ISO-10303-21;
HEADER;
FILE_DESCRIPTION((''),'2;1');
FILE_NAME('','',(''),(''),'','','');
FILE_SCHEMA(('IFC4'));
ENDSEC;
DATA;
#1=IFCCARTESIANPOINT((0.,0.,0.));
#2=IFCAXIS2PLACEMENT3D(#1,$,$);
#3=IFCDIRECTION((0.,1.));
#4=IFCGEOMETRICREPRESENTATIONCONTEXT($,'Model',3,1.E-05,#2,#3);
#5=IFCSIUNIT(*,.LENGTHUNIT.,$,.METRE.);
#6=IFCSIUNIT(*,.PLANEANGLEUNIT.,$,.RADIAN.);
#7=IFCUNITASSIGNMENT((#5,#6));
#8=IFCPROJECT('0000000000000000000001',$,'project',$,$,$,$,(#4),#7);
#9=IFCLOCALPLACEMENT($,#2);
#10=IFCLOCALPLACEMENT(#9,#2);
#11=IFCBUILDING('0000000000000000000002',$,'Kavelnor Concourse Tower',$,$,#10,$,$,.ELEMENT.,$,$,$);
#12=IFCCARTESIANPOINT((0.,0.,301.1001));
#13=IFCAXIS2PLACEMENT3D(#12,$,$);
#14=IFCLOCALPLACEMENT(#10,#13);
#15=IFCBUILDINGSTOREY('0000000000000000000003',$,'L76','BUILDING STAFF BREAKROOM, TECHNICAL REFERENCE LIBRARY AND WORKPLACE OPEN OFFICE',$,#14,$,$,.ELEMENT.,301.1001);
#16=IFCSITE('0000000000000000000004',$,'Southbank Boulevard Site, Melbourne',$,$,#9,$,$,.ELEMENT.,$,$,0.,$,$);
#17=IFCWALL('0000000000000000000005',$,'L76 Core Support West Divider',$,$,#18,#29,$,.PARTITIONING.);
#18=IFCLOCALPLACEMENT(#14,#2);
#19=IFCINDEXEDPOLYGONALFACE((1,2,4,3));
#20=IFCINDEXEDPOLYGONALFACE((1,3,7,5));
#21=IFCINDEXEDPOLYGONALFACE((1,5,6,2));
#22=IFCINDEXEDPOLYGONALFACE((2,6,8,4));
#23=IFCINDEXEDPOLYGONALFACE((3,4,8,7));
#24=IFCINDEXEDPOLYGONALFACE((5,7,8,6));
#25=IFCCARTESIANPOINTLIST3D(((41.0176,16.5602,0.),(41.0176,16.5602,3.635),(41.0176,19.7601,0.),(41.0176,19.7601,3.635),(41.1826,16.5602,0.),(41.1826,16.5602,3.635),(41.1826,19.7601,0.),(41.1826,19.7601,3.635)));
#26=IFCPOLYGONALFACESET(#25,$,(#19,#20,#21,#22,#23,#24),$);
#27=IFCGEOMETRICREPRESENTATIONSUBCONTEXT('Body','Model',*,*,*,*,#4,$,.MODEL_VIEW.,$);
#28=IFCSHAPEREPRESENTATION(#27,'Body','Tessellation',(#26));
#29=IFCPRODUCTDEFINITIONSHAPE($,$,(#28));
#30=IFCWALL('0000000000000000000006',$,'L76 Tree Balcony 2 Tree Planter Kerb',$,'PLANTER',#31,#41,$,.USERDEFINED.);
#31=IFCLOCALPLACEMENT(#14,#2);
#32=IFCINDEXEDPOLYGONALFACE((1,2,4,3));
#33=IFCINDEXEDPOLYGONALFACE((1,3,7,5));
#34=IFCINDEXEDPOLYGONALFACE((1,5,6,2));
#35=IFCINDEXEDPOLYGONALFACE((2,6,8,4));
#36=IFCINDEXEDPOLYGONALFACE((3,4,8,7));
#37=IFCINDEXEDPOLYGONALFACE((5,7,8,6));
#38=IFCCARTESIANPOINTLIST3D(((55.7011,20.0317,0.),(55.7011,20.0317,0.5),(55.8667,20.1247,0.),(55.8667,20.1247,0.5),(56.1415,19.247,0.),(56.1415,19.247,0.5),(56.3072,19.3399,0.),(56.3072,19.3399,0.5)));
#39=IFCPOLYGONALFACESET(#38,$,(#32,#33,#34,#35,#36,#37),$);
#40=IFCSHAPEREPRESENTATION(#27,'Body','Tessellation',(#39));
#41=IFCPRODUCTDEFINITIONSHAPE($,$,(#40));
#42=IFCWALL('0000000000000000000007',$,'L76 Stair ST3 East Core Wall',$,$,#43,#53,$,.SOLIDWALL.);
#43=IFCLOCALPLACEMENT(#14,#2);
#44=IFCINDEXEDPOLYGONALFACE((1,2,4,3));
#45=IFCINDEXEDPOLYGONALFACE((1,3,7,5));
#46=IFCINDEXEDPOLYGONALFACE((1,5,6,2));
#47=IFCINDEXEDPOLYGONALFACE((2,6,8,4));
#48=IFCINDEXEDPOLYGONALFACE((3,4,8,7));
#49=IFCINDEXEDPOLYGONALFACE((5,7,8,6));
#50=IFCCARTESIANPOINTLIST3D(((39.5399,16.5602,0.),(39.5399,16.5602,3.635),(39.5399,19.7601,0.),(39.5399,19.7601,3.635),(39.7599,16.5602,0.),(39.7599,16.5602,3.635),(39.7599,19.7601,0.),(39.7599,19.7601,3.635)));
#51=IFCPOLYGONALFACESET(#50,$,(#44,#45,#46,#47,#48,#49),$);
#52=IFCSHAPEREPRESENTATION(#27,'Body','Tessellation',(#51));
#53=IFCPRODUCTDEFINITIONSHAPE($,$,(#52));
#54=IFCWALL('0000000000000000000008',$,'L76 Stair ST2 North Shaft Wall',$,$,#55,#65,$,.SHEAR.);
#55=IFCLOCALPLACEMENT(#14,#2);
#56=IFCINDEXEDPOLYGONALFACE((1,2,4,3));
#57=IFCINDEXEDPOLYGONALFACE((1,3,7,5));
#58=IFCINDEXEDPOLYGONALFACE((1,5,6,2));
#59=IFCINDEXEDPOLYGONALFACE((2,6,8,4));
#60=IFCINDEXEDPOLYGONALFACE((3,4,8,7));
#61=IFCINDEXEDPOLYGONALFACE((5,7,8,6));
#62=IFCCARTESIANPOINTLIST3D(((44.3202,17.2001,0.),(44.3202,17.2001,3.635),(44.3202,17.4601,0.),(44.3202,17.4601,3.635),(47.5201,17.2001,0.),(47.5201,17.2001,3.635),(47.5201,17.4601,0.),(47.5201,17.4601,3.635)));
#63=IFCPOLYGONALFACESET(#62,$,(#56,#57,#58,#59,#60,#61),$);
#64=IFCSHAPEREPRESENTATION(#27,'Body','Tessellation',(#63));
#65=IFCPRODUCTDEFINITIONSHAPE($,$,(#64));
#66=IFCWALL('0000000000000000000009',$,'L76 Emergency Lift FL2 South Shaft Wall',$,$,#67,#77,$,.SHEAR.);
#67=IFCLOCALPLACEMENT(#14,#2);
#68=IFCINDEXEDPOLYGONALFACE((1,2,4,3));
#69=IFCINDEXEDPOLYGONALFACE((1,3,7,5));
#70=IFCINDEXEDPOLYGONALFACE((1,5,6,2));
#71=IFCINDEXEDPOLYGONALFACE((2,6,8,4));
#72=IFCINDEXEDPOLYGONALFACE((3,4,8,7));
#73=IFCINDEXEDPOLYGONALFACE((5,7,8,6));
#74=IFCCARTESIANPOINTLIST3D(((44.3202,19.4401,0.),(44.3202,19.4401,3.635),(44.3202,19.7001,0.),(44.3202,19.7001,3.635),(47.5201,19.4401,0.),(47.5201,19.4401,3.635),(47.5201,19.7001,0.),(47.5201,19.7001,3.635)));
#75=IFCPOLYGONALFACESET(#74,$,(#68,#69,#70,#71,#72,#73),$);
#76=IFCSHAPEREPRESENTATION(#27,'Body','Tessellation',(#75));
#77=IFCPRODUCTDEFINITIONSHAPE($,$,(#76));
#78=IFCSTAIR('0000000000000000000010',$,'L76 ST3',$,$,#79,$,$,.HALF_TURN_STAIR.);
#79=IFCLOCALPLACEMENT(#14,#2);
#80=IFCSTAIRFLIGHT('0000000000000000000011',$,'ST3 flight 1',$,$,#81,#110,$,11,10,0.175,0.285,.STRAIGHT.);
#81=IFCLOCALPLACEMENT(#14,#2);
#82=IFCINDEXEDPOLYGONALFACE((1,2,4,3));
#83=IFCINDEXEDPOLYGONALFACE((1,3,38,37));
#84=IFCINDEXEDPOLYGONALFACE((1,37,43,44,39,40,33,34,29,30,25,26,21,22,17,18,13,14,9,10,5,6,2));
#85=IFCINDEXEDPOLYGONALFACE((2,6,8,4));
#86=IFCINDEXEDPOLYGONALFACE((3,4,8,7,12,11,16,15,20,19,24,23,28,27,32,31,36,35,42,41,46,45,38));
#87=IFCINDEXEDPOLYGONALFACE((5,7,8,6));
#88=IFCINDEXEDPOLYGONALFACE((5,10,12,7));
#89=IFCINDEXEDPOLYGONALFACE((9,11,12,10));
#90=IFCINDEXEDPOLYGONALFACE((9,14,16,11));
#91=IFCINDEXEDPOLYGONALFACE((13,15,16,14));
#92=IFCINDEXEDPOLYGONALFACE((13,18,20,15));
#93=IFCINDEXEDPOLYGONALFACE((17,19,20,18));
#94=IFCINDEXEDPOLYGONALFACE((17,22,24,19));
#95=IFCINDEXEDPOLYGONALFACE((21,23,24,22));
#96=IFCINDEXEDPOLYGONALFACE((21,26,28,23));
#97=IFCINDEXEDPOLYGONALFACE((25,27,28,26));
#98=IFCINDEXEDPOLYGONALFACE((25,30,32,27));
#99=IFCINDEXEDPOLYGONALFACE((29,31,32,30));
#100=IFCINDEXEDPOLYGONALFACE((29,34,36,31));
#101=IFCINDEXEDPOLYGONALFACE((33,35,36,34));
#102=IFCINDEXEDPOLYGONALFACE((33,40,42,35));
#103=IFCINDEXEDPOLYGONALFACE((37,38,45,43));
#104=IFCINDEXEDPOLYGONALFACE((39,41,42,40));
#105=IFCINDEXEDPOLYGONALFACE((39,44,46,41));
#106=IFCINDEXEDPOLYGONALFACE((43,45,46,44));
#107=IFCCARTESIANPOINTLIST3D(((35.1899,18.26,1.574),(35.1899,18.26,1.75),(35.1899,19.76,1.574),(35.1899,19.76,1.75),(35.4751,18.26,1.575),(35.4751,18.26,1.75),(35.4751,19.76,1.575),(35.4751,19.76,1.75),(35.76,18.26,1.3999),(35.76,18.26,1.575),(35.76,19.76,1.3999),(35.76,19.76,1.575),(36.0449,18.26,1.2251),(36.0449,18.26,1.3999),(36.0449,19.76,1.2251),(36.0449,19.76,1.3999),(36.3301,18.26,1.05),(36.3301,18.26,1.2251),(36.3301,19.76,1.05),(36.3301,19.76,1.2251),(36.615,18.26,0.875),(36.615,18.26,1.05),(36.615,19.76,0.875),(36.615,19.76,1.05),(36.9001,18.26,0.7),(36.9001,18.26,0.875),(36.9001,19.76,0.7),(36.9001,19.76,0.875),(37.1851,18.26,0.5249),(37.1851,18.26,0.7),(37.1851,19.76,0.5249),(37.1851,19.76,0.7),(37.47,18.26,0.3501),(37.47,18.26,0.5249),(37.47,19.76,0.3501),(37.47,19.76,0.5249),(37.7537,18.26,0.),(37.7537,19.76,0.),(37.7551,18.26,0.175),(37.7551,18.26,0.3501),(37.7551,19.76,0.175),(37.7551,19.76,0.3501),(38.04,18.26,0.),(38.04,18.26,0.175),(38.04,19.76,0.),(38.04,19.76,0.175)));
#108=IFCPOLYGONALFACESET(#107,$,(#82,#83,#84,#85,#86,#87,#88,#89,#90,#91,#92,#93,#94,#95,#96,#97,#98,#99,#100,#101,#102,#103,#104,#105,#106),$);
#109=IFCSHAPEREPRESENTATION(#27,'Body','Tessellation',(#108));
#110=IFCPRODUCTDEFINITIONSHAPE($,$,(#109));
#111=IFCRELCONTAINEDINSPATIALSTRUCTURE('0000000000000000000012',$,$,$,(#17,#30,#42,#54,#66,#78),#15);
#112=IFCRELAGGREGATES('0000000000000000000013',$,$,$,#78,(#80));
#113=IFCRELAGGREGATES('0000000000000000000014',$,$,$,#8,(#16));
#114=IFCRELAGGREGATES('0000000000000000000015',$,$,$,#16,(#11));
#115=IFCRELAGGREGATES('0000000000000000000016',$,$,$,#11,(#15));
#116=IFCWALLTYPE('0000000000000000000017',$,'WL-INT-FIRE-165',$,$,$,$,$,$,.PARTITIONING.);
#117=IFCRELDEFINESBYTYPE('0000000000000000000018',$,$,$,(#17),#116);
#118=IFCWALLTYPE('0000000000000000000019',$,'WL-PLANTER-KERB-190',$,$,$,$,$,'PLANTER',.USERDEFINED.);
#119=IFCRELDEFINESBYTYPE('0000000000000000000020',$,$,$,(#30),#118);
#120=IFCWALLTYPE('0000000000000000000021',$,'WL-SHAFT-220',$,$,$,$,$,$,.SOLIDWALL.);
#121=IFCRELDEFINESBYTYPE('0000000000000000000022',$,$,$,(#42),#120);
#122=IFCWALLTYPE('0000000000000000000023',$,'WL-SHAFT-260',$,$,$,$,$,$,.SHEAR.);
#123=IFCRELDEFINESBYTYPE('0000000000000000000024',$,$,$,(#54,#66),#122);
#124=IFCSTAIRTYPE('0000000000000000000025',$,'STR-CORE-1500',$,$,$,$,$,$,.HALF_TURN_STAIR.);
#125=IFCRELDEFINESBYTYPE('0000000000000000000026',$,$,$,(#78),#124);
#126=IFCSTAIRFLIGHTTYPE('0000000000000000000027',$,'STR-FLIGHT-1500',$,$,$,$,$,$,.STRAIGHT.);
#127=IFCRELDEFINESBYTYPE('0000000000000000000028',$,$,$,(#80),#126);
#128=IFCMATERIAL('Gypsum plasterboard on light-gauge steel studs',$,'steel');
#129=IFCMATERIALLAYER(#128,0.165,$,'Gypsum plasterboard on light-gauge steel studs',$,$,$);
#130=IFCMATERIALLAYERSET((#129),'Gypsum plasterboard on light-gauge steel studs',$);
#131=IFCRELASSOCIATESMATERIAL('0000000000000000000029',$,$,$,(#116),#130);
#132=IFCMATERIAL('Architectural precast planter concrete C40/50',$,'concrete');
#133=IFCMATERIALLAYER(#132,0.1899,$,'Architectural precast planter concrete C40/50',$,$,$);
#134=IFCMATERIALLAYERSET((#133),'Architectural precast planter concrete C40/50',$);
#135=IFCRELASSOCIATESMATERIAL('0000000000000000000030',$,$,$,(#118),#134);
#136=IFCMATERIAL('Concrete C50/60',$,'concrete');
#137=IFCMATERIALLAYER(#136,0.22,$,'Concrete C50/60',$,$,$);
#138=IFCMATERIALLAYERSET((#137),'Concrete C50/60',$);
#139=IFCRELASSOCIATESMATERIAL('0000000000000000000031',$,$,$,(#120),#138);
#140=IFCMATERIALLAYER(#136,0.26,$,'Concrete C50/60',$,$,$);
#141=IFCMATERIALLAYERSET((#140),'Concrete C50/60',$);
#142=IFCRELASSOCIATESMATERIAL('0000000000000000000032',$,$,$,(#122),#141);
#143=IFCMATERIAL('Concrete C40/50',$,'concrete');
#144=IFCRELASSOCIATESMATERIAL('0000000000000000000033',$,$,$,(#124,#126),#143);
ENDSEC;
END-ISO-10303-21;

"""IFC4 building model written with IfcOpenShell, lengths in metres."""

from ifc_helpers import new_model, si_unit, direction, frame, frame_2d, origin, place, context, subcontext, project, spatial, polyline, rectangle, outline, extrude, material, layer, layer_set, type_object, element, aggregate, save


model = new_model("IFC4")

# Units and contexts
model_context = context("Model", 3, precision=1e-05, world=origin(), true_north=direction((0.0, 1.0)))
body_context = subcontext(model_context, "Body", "Model", "MODEL_VIEW")
ifc_project = project(units=[si_unit("LENGTHUNIT", "METRE"), si_unit("PLANEANGLEUNIT", "RADIAN")], contexts=[model_context])

# Site, building, storey
site_placement = place(None, origin())
site = spatial("IfcSite", under=ifc_project, at=site_placement, Name="Southbank Boulevard Site, Melbourne", CompositionType="ELEMENT", RefElevation=0.0)
building_placement = place(site_placement, origin())
building = spatial("IfcBuilding", under=site, at=building_placement, Name="Kavelnor Concourse Tower", CompositionType="ELEMENT")
storey_placement = place(building_placement, frame((0.0, 0.0, 301.1001)))
storey = spatial("IfcBuildingStorey", under=building, at=storey_placement, Name="L76", Description="BUILDING STAFF BREAKROOM, TECHNICAL REFERENCE LIBRARY AND WORKPLACE OPEN OFFICE", CompositionType="ELEMENT", Elevation=301.1001)

# Shared definitions
ifc_material_1 = material(Name="Gypsum plasterboard on light-gauge steel studs", Category="steel")

# Walls
ifc_layer_1 = layer(ifc_material_1, 0.165, Name="Gypsum plasterboard on light-gauge steel studs")
ifc_layer_set_1 = layer_set([ifc_layer_1], Name="Gypsum plasterboard on light-gauge steel studs")
wall_type_1 = type_object("IfcWallType", Name="WL-INT-FIRE-165", PredefinedType="PARTITIONING", material=ifc_layer_set_1)
wall_1_placement = place(storey_placement, frame((41.1001, 16.5601, 0.0), z_axis=(0.0, 0.0, 1.0), x_axis=(0.0, 1.0, 0.0)))
element("IfcWall", 1, at=wall_1_placement, inside=storey, type_object=wall_type_1, Name="L76 Core Support West Divider", PredefinedType="PARTITIONING", context=body_context, shape_type="SweptSolid", body=[
    extrude(rectangle(XDim=3.2, YDim=0.165, at=frame_2d((1.6001, 0.0))), origin(), (0.0, 0.0, 1.0), 3.635),
])
ifc_material_2 = material(Name="Architectural precast planter concrete C40/50", Category="concrete")
ifc_layer_2 = layer(ifc_material_2, 0.1899, Name="Architectural precast planter concrete C40/50")
ifc_layer_set_2 = layer_set([ifc_layer_2], Name="Architectural precast planter concrete C40/50")
wall_type_2 = type_object("IfcWallType", Name="WL-PLANTER-KERB-190", ElementType="PLANTER", PredefinedType="USERDEFINED", material=ifc_layer_set_2)
wall_2_placement = place(storey_placement, frame((56.2244, 19.2935, 0.0), z_axis=(0.0, 0.0, 1.0), x_axis=(-0.489462, 0.872024, 0.0)))
element("IfcWall", 2, at=wall_2_placement, inside=storey, type_object=wall_type_2, Name="L76 Tree Balcony 2 Tree Planter Kerb", ObjectType="PLANTER", PredefinedType="USERDEFINED", context=body_context, shape_type="SweptSolid", body=[
    extrude(rectangle(XDim=0.8999, YDim=0.1899, at=frame_2d((0.45, 0.0))), origin(), (0.0, 0.0, 1.0), 0.5),
])
ifc_material_3 = material(Name="Concrete C50/60", Category="concrete")
ifc_layer_3 = layer(ifc_material_3, 0.22, Name="Concrete C50/60")
ifc_layer_set_3 = layer_set([ifc_layer_3], Name="Concrete C50/60")
wall_type_3 = type_object("IfcWallType", Name="WL-SHAFT-220", PredefinedType="SOLIDWALL", material=ifc_layer_set_3)
wall_3_placement = place(storey_placement, frame((39.6499, 16.5601, 0.0), z_axis=(0.0, 0.0, 1.0), x_axis=(0.0, 1.0, 0.0)))
element("IfcWall", 3, at=wall_3_placement, inside=storey, type_object=wall_type_3, Name="L76 Stair ST3 East Core Wall", PredefinedType="SOLIDWALL", context=body_context, shape_type="SweptSolid", body=[
    extrude(rectangle(XDim=3.2, YDim=0.22, at=frame_2d((1.6001, 0.0))), origin(), (0.0, 0.0, 1.0), 3.635),
])
ifc_layer_4 = layer(ifc_material_3, 0.26, Name="Concrete C50/60")
ifc_layer_set_4 = layer_set([ifc_layer_4], Name="Concrete C50/60")
wall_type_4 = type_object("IfcWallType", Name="WL-SHAFT-260", PredefinedType="SHEAR", material=ifc_layer_set_4)
for number, where, z_axis, x_axis, name in (
    (4, (44.3201, 17.3301, 0.0), (0.0, 0.0, 1.0), (1.0, 0.0, 0.0), "L76 Stair ST2 North Shaft Wall"),
    (5, (44.3201, 19.5701, 0.0), (0.0, 0.0, 1.0), (1.0, 0.0, 0.0), "L76 Emergency Lift FL2 South Shaft Wall"),
):
    element("IfcWall", number, at=place(storey_placement, frame(where, z_axis=z_axis, x_axis=x_axis)), inside=storey, type_object=wall_type_4, Name=name, PredefinedType="SHEAR", context=body_context, shape_type="SweptSolid", body=[
        extrude(rectangle(XDim=3.2, YDim=0.26, at=frame_2d((1.6001, 0.0))), origin(), (0.0, 0.0, 1.0), 3.635),
    ])

# Stair, stair flight
ifc_material_4 = material(Name="Concrete C40/50", Category="concrete")
stair_type = type_object("IfcStairType", Name="STR-CORE-1500", PredefinedType="HALF_TURN_STAIR", material=ifc_material_4)
stair_placement = place(storey_placement, origin())
stair = element("IfcStair", 6, at=stair_placement, inside=storey, type_object=stair_type, Name="L76 ST3", PredefinedType="HALF_TURN_STAIR")
stair_flight_type = type_object("IfcStairFlightType", Name="STR-FLIGHT-1500", PredefinedType="STRAIGHT", material=ifc_material_4)
stair_flight_placement = place(storey_placement, frame((38.04, 19.01, 0.0), z_axis=(0.0, 0.0, 1.0), x_axis=(-1.0, 0.0, 0.0)))
stair_flight = element("IfcStairFlight", 7, at=stair_flight_placement, type_object=stair_flight_type, Name="ST3 flight 1", NumberOfRisers=11, NumberOfTreads=10, PredefinedType="STRAIGHT", RiserHeight=0.175, TreadLength=0.285, context=body_context, shape_type="SweptSolid", body=[
    extrude(outline(polyline([(0.0, 0.0), (0.0, 0.175), (0.2849, 0.175), (0.2849, 0.3501), (0.5701, 0.3501), (0.5701, 0.5249), (0.855, 0.5249), (0.855, 0.7), (1.1399, 0.7), (1.1399, 0.875), (1.425, 0.875), (1.425, 1.05), (1.71, 1.05), (1.71, 1.2251), (1.9951, 1.2251), (1.9951, 1.3999), (2.28, 1.3999), (2.28, 1.575), (2.5649, 1.575), (2.5649, 1.75), (2.8501, 1.75), (2.8501, 1.925), (2.8501, 1.574), (0.2864, 0.0), (0.0, 0.0)])), frame((0.0, 0.75, 0.0), z_axis=(0.0, -1.0, 0.0), x_axis=(1.0, 0.0, 0.0)), (0.0, 0.0, 1.0), 1.5),
])
aggregate(stair, [stair_flight])

save(model, "model.ifc")
